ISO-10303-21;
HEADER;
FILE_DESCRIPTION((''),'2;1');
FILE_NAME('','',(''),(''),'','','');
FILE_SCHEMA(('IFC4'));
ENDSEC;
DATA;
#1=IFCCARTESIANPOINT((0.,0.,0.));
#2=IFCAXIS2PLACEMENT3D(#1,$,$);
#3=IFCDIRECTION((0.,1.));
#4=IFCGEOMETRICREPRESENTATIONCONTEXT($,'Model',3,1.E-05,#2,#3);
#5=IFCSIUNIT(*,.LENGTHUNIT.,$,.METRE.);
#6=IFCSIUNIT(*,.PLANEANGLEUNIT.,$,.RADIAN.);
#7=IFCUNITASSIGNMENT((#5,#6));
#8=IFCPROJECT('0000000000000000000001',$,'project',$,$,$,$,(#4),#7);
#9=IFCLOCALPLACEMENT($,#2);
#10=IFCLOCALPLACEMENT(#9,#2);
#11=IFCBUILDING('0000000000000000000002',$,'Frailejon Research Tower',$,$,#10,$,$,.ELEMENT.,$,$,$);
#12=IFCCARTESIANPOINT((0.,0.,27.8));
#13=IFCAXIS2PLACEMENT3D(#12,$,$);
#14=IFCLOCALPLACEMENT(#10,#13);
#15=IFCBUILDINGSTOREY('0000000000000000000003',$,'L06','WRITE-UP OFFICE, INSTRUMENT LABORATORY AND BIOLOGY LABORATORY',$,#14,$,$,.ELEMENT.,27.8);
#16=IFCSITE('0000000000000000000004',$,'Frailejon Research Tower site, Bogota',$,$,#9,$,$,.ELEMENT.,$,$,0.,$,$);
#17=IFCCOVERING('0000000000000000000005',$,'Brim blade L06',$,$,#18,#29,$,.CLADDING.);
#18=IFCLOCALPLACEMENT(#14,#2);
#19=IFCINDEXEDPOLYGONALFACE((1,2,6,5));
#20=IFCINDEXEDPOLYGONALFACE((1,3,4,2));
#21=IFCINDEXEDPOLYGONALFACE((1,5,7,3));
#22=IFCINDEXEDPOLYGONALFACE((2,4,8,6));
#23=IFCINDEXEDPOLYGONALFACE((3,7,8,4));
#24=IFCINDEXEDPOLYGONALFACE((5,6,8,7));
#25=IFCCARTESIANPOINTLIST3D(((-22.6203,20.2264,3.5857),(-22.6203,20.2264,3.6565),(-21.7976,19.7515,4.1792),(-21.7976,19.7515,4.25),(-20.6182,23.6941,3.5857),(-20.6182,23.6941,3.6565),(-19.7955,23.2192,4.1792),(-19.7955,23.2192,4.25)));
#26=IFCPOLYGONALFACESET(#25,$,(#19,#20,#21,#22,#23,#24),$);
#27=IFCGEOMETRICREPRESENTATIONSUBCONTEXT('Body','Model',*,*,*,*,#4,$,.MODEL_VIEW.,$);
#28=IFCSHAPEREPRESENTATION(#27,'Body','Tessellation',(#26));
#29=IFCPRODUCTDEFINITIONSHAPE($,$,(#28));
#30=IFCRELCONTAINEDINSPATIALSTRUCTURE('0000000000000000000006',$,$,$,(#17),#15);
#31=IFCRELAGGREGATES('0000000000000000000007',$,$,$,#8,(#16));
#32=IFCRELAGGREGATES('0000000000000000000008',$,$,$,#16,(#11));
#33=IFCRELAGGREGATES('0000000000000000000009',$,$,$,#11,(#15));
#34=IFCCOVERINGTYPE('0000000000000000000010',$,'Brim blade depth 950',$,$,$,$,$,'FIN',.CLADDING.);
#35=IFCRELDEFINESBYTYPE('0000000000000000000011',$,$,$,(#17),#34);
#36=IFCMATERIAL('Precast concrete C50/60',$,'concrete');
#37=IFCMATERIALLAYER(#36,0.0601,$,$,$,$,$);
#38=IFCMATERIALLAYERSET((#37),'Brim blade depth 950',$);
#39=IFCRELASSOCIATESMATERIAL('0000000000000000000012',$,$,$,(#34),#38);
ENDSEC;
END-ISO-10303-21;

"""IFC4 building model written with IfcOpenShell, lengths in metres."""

from ifc_helpers import new_model, si_unit, direction, frame, origin, place, context, subcontext, project, spatial, polyline, outline, extrude, material, layer, layer_set, type_object, element, save


model = new_model("IFC4")

# Units and contexts
model_context = context("Model", 3, precision=1e-05, world=origin(), true_north=direction((0.0, 1.0)))
body_context = subcontext(model_context, "Body", "Model", "MODEL_VIEW")
ifc_project = project(units=[si_unit("LENGTHUNIT", "METRE"), si_unit("PLANEANGLEUNIT", "RADIAN")], contexts=[model_context])

# Site, building, storey
site_placement = place(None, origin())
site = spatial("IfcSite", under=ifc_project, at=site_placement, Name="Frailejon Research Tower site, Bogota", CompositionType="ELEMENT", RefElevation=0.0)
building_placement = place(site_placement, origin())
building = spatial("IfcBuilding", under=site, at=building_placement, Name="Frailejon Research Tower", CompositionType="ELEMENT")
storey_placement = place(building_placement, frame((0.0, 0.0, 27.8)))
storey = spatial("IfcBuildingStorey", under=building, at=storey_placement, Name="L06", Description="WRITE-UP OFFICE, INSTRUMENT LABORATORY AND BIOLOGY LABORATORY", CompositionType="ELEMENT", Elevation=27.8)

# Covering
ifc_material_1 = material(Name="Precast concrete C50/60", Category="concrete")
ifc_layer_1 = layer(ifc_material_1, 0.0601)
ifc_layer_set_1 = layer_set([ifc_layer_1], Name="Brim blade depth 950")
covering_type_1 = type_object("IfcCoveringType", Name="Brim blade depth 950", ElementType="FIN", PredefinedType="CLADDING", material=ifc_layer_set_1)
covering_1_placement = place(storey_placement, frame((-21.7976, 19.7515, 4.25), z_axis=(0.500004, 0.866023, 0.0), x_axis=(-0.866023, 0.500004, 0.0)))
element("IfcCovering", 1, at=covering_1_placement, inside=storey, type_object=covering_type_1, Name="Brim blade L06", PredefinedType="CLADDING", context=body_context, shape_type="SweptSolid", body=[
    extrude(outline(polyline([(0.0, -0.0708), (0.95, -0.6643), (0.95, -0.5935), (0.0, 0.0), (0.0, -0.0708)])), origin(), (0.0, 0.0, 1.0), 4.0042),
])

save(model, "model.ifc")
